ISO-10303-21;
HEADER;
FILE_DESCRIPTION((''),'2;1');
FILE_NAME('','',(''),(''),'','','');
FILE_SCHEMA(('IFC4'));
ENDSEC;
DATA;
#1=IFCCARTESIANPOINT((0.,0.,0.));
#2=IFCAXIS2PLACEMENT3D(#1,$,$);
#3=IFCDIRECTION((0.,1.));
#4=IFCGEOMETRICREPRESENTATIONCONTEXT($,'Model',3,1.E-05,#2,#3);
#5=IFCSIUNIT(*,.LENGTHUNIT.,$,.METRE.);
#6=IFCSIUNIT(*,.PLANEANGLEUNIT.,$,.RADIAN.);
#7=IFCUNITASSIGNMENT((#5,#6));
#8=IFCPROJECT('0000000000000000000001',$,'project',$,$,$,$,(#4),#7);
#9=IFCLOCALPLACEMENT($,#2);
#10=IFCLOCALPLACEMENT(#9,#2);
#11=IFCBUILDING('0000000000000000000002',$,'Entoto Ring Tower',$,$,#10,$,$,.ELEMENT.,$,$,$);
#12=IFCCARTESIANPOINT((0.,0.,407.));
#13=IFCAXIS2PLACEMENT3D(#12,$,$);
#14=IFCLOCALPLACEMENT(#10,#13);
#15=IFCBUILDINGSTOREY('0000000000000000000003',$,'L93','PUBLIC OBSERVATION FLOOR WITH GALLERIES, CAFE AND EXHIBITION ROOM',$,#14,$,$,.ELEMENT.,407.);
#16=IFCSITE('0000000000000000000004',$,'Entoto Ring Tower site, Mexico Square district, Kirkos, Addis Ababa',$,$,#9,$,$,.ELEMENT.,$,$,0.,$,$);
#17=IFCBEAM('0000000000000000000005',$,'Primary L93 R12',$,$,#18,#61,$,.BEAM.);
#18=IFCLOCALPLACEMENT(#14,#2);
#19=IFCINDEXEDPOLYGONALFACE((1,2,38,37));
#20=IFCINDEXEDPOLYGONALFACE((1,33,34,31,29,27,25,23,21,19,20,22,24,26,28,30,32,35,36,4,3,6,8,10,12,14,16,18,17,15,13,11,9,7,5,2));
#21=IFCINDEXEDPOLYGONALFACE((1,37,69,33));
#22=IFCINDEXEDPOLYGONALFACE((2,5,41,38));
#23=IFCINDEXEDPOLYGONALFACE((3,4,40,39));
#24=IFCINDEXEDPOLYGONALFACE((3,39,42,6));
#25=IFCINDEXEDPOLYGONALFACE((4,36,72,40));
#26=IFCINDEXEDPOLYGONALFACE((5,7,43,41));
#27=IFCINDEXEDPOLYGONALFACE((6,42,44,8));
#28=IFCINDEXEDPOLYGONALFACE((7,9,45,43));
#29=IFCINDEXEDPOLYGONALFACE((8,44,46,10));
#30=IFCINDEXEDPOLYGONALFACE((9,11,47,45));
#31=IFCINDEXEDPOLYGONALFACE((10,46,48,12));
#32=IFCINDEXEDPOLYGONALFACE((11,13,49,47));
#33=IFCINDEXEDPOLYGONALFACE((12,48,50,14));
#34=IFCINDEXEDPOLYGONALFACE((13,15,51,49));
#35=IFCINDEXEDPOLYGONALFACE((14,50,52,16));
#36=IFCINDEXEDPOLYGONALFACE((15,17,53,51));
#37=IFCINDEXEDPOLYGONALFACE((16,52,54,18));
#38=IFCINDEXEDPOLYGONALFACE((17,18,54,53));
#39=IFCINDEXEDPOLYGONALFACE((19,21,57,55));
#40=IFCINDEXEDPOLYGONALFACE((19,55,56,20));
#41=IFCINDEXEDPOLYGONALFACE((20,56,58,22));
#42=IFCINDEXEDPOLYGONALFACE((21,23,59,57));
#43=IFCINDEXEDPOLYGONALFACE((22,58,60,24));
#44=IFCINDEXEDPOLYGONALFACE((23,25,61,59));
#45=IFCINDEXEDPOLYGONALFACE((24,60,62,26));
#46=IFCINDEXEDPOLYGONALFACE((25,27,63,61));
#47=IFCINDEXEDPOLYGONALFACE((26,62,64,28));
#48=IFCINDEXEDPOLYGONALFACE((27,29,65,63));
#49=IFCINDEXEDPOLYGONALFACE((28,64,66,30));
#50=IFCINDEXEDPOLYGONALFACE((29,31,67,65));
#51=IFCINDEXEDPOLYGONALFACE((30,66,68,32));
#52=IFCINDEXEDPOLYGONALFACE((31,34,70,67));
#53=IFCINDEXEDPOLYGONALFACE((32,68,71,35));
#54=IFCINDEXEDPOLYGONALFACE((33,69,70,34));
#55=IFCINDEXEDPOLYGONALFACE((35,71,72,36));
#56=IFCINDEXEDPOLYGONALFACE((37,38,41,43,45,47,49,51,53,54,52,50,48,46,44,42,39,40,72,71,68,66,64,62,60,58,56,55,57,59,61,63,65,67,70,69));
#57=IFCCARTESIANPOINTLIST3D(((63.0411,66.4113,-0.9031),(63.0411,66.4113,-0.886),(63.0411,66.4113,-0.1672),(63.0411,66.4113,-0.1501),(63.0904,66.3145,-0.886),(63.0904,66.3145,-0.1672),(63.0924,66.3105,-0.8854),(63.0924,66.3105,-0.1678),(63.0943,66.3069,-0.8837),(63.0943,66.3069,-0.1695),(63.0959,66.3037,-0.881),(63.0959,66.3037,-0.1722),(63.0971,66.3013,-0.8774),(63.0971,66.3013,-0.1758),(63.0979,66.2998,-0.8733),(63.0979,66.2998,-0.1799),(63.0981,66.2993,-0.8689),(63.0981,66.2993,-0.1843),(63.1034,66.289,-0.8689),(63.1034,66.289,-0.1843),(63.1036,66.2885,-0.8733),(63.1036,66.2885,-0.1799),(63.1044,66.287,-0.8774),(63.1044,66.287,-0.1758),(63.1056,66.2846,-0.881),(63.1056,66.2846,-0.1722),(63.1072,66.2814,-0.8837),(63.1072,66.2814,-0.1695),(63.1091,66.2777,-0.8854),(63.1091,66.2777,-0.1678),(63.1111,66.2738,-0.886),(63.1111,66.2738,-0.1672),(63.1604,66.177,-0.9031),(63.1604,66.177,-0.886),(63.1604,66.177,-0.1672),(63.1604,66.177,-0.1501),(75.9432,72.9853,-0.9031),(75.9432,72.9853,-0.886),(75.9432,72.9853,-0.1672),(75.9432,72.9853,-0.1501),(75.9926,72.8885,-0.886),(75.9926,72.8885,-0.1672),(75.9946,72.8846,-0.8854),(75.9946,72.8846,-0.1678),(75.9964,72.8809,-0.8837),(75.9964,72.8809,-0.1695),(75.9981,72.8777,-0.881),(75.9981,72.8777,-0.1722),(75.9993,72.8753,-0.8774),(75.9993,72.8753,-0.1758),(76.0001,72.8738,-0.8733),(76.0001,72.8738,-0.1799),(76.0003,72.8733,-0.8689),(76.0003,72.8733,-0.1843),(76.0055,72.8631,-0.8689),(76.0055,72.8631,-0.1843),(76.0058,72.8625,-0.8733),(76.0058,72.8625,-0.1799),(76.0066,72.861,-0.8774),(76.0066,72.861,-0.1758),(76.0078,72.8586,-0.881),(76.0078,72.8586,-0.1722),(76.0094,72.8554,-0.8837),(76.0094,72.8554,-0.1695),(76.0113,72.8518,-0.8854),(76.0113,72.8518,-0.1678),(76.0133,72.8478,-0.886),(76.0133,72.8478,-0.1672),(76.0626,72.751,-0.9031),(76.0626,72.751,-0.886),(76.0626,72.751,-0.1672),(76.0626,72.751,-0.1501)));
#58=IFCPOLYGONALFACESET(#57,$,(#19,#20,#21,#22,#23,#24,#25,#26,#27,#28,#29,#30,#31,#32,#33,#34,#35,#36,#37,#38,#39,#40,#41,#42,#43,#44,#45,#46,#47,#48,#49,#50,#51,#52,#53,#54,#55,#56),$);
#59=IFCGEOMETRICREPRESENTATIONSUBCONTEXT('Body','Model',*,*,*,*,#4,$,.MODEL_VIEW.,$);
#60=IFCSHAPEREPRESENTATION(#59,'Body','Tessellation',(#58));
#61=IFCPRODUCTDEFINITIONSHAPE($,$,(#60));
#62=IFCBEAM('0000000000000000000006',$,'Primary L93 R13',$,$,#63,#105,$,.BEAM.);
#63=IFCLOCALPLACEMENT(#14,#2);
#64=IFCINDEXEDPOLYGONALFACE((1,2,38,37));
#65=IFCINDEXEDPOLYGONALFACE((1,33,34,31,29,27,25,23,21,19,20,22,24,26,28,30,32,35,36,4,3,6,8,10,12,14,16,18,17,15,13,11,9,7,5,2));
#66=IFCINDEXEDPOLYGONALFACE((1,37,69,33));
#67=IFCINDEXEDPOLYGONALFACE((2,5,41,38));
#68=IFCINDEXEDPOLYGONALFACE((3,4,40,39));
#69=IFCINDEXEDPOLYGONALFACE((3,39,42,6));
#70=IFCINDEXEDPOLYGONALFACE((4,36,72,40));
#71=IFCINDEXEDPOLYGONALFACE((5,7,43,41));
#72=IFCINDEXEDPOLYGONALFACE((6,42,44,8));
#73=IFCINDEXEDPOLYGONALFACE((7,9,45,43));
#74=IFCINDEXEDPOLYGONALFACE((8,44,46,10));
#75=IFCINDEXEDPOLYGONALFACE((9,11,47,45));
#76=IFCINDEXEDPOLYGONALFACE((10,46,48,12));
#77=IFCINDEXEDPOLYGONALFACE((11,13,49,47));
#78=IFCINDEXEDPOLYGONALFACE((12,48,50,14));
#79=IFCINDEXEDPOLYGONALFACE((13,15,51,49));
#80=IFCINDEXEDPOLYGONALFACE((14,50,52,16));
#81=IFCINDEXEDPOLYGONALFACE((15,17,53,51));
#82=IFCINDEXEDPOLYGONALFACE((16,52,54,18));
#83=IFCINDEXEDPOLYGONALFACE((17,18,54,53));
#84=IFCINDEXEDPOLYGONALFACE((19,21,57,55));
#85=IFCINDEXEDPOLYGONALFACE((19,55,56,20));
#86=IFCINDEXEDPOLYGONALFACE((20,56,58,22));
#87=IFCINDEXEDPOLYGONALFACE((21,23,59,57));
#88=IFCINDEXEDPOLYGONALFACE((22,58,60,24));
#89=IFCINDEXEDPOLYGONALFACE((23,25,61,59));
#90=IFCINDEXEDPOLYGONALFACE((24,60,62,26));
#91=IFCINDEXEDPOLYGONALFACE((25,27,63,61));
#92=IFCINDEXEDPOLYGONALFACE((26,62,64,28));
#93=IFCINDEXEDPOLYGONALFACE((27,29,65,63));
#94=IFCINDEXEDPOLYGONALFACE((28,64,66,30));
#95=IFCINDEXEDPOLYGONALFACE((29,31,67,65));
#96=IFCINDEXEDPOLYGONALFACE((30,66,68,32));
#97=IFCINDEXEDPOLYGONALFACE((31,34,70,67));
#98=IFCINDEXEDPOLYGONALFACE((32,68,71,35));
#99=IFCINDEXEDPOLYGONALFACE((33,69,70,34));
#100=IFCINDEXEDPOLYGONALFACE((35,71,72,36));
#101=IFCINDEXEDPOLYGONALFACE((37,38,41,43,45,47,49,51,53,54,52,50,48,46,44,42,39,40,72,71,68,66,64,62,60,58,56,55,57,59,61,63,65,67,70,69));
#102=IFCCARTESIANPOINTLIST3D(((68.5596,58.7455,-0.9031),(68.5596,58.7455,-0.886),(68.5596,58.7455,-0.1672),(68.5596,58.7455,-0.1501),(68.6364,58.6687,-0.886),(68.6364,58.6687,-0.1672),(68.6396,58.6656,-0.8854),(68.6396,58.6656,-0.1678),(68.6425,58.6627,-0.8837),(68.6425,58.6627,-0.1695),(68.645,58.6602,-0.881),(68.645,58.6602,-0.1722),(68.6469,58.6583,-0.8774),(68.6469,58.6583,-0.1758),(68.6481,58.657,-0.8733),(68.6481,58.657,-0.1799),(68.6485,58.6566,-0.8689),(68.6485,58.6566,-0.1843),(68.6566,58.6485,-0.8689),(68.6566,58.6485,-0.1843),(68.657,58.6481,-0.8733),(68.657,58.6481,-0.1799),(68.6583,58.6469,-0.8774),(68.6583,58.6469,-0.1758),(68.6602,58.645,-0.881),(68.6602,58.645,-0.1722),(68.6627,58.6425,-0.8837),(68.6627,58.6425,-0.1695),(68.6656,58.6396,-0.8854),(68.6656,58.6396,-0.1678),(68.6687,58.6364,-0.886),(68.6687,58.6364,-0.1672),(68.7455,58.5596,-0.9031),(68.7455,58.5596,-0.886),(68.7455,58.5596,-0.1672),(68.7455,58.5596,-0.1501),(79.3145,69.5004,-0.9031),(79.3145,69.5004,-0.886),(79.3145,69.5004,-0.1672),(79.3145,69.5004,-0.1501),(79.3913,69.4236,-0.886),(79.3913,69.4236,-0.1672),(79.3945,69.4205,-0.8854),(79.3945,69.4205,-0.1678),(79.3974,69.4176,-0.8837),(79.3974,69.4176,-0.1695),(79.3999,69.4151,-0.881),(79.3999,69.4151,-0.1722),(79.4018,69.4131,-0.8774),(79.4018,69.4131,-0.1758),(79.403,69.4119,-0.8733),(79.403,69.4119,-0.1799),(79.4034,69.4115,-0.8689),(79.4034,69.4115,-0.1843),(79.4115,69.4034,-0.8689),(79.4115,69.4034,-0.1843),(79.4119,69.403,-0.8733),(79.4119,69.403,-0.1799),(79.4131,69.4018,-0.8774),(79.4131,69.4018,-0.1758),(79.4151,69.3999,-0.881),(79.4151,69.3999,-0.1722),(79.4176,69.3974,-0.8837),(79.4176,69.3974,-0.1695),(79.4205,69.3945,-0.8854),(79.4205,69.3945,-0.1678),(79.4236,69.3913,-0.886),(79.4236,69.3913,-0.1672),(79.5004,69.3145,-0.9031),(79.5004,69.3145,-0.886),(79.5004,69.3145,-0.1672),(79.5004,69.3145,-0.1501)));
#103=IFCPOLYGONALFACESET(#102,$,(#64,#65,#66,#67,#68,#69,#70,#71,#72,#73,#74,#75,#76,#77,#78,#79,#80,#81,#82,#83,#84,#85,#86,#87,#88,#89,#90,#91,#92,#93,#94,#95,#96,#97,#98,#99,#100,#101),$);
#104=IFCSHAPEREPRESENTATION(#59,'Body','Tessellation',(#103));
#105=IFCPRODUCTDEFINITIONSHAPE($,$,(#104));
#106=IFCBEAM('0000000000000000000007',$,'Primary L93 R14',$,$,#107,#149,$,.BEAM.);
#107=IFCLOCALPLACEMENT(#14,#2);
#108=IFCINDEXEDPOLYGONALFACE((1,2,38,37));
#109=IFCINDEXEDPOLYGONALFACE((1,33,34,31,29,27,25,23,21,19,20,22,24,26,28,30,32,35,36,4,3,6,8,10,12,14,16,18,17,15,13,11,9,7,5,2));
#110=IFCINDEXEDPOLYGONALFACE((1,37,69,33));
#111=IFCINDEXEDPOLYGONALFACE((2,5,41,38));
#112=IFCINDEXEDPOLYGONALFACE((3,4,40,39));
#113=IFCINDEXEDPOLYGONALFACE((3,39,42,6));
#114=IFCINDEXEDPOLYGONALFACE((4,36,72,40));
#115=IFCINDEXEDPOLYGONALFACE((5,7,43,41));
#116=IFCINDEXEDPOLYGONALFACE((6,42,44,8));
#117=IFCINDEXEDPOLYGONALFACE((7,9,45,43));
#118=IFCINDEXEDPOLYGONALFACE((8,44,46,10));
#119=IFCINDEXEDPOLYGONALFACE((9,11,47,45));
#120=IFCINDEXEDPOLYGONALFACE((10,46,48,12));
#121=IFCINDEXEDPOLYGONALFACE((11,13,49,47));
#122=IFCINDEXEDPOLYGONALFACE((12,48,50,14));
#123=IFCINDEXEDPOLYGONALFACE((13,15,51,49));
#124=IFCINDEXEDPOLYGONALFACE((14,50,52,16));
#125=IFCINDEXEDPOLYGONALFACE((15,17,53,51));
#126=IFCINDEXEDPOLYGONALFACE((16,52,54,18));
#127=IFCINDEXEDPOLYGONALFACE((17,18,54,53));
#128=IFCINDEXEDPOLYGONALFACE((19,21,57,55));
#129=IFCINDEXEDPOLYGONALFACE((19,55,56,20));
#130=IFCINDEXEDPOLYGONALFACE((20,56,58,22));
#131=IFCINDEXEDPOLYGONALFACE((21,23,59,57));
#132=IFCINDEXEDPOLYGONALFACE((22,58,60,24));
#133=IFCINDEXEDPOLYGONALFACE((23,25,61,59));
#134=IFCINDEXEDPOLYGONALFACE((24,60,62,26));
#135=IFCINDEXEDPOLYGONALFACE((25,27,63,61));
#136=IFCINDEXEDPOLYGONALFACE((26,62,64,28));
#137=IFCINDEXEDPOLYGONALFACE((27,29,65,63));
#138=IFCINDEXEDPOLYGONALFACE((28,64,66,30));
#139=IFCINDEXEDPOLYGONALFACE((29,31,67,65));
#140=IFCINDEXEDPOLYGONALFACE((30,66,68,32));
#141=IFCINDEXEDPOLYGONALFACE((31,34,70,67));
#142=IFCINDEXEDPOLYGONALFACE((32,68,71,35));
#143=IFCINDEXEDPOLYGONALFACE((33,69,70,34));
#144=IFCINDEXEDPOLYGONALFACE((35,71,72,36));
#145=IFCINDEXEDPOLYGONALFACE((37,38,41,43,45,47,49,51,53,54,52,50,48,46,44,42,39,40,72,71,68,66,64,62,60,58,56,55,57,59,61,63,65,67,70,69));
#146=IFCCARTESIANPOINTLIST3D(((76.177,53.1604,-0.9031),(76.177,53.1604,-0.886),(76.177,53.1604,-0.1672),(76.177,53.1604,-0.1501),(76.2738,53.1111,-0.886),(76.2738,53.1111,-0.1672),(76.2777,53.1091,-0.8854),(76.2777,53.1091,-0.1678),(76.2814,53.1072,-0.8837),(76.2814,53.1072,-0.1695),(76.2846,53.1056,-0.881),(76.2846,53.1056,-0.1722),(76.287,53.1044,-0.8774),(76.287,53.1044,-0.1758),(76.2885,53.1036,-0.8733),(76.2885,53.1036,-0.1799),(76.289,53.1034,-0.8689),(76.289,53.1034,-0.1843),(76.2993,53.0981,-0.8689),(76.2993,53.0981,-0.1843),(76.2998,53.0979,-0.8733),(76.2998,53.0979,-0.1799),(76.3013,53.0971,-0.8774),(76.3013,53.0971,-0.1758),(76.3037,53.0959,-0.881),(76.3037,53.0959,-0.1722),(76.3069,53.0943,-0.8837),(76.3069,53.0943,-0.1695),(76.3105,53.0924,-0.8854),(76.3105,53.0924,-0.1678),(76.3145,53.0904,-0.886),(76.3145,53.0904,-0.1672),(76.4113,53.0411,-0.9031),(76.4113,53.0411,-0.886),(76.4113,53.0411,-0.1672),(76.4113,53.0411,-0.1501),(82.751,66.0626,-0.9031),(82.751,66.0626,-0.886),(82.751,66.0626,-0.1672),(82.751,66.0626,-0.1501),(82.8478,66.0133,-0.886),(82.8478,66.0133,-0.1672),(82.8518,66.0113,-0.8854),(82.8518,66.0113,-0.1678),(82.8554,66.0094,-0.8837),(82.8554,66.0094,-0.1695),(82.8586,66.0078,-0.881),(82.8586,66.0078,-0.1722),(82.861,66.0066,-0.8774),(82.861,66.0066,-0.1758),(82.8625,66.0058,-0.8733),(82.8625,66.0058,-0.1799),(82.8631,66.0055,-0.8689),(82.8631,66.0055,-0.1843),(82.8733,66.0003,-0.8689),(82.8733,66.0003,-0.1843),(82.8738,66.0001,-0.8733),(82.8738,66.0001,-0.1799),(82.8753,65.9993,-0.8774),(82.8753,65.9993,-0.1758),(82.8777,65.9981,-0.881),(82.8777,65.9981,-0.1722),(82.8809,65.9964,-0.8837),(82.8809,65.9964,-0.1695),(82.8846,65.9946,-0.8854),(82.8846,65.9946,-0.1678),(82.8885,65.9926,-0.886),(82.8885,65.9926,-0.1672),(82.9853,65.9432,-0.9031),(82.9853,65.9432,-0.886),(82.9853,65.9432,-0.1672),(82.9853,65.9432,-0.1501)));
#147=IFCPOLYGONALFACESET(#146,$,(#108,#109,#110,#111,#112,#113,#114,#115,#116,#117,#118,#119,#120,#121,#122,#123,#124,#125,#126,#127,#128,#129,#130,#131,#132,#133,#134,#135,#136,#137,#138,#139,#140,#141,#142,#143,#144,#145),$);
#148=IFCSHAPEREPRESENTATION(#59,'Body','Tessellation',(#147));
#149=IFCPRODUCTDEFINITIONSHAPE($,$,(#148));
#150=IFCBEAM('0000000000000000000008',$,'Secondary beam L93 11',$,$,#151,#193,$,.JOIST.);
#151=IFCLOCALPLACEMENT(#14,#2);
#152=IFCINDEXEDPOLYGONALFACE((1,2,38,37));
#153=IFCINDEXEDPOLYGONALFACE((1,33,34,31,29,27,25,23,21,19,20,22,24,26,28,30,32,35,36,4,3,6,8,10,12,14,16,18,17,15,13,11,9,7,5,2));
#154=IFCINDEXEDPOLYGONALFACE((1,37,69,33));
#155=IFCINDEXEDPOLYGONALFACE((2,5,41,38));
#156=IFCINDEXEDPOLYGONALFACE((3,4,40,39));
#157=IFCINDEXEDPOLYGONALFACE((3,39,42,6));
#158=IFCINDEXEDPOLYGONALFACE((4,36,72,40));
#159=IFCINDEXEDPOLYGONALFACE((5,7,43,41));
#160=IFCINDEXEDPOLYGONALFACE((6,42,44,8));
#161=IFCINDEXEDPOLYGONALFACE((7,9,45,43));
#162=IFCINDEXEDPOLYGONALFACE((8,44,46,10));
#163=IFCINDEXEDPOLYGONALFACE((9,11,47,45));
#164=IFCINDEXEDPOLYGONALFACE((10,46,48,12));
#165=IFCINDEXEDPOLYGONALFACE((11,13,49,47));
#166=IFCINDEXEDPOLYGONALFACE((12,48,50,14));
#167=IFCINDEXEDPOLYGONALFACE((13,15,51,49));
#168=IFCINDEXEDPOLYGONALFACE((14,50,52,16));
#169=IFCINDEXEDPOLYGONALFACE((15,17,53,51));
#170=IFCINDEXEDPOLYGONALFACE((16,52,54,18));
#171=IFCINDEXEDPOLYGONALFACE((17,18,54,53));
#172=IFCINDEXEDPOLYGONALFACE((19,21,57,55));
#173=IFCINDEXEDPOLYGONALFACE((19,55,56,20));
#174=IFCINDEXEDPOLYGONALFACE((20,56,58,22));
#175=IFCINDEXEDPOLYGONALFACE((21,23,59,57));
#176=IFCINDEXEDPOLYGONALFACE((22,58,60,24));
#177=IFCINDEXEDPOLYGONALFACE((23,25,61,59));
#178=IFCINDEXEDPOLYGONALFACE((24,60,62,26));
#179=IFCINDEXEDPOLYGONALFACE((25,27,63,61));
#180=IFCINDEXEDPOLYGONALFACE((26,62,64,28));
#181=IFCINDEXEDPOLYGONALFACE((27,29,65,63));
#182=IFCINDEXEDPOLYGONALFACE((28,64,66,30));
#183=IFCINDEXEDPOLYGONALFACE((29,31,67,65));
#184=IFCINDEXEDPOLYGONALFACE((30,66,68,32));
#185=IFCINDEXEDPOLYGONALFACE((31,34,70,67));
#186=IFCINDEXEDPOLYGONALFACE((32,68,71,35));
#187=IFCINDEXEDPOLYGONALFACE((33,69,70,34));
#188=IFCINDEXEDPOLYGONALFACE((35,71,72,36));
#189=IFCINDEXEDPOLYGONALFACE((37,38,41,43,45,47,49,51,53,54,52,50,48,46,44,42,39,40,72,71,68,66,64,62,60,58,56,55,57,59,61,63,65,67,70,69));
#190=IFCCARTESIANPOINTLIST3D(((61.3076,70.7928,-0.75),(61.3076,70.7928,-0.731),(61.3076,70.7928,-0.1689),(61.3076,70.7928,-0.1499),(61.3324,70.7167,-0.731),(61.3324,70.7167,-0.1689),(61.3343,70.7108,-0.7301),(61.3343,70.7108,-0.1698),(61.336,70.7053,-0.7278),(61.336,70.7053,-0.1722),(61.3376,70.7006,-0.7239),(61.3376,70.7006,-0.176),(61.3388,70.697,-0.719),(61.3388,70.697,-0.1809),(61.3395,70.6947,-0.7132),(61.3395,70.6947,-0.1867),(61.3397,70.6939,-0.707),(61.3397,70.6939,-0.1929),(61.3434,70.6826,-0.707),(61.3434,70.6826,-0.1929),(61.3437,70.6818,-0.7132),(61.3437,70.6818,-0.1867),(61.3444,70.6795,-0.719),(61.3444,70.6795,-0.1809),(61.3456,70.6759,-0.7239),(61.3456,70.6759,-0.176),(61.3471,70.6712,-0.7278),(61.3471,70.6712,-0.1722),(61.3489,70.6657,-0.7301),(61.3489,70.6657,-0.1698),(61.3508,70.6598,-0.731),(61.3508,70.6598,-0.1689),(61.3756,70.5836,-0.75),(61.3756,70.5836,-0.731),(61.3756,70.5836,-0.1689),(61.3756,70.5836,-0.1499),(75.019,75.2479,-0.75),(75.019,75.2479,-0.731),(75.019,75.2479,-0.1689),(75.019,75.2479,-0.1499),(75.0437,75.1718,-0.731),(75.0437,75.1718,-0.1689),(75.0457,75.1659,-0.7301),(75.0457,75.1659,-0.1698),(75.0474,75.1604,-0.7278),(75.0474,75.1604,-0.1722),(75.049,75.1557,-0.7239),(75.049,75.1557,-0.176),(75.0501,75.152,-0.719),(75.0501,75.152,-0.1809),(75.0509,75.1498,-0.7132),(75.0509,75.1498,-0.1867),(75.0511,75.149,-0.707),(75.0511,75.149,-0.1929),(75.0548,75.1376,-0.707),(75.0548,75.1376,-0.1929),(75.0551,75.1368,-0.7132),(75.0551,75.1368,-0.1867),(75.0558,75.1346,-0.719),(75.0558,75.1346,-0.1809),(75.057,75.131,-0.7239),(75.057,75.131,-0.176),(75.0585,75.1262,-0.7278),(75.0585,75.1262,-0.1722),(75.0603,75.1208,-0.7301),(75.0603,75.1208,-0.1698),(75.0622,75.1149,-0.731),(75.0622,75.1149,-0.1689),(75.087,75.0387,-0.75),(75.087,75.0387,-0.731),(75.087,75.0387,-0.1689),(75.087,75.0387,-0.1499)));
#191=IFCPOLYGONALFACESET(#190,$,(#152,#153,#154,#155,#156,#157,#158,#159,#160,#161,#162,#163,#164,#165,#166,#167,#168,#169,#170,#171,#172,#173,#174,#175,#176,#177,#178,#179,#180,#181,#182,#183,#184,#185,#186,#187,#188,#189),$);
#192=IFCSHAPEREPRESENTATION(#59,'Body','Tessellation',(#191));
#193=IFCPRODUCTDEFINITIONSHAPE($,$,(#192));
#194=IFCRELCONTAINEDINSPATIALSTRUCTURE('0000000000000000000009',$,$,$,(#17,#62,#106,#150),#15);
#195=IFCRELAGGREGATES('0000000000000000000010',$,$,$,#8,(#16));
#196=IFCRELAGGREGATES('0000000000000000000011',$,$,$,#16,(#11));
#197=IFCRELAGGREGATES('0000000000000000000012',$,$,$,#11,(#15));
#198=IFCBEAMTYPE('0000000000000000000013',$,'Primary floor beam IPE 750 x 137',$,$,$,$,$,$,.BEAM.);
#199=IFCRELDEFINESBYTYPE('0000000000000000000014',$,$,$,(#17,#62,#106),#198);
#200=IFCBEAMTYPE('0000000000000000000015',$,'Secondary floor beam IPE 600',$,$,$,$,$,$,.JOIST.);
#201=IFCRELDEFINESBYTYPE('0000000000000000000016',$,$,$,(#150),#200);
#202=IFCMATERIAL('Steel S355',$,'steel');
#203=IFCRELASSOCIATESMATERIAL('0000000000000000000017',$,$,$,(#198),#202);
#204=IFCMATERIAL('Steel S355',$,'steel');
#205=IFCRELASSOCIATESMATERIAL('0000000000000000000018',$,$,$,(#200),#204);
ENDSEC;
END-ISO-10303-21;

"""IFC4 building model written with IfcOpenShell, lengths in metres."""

from ifc_helpers import new_model, si_unit, direction, frame, origin, origin_2d, place, context, subcontext, project, spatial, i_section, extrude, material, material_profile, profile_set, type_object, element, save


model = new_model("IFC4")

# Units and contexts
model_context = context("Model", 3, precision=1e-05, world=origin(), true_north=direction((0.0, 1.0)))
body_context = subcontext(model_context, "Body", "Model", "MODEL_VIEW")
ifc_project = project(units=[si_unit("LENGTHUNIT", "METRE"), si_unit("PLANEANGLEUNIT", "RADIAN")], contexts=[model_context])

# Site, building, storey
site_placement = place(None, origin())
site = spatial("IfcSite", under=ifc_project, at=site_placement, Name="Entoto Ring Tower site, Mexico Square district, Kirkos, Addis Ababa", CompositionType="ELEMENT", RefElevation=0.0)
building_placement = place(site_placement, origin())
building = spatial("IfcBuilding", under=site, at=building_placement, Name="Entoto Ring Tower", CompositionType="ELEMENT")
storey_placement = place(building_placement, frame((0.0, 0.0, 407.0)))
storey = spatial("IfcBuildingStorey", under=building, at=storey_placement, Name="L93", Description="PUBLIC OBSERVATION FLOOR WITH GALLERIES, CAFE AND EXHIBITION ROOM", CompositionType="ELEMENT", Elevation=407.0)

# Beams
ifc_material_1 = material(Name="Steel S355", Category="steel")
ifc_material_profile_1 = material_profile(ifc_material_1, i_section(OverallWidth=0.2629, OverallDepth=0.7529, WebThickness=0.0115, FlangeThickness=0.0171, FilletRadius=0.0171, at=origin_2d()), Name="IPE 750 x 137")
ifc_profile_set_1 = profile_set([ifc_material_profile_1], Name="Steel S355")
beam_type_1 = type_object("IfcBeamType", Name="Primary floor beam IPE 750 x 137", PredefinedType="BEAM", material=ifc_profile_set_1)
beam_1_placement = place(storey_placement, frame((76.0029, 72.8682, -0.5266), z_axis=(-0.891006, -0.453992, 0.0), x_axis=(0.453992, -0.891006, 0.0)))
element("IfcBeam", 1, at=beam_1_placement, inside=storey, type_object=beam_type_1, Name="Primary L93 R12", PredefinedType="BEAM", context=body_context, shape_type="SweptSolid", body=[
    extrude(i_section(OverallWidth=0.2629, OverallDepth=0.7529, WebThickness=0.0115, FlangeThickness=0.0171, FilletRadius=0.0171, at=origin_2d()), origin(), (0.0, 0.0, 1.0), 14.4805),
])
beam_2_placement = place(storey_placement, frame((79.4075, 69.4075, -0.5266), z_axis=(-0.707107, -0.707107, 0.0), x_axis=(0.707107, -0.707107, 0.0)))
element("IfcBeam", 2, at=beam_2_placement, inside=storey, type_object=beam_type_1, Name="Primary L93 R13", PredefinedType="BEAM", context=body_context, shape_type="SweptSolid", body=[
    extrude(i_section(OverallWidth=0.2629, OverallDepth=0.7529, WebThickness=0.0115, FlangeThickness=0.0171, FilletRadius=0.0171, at=origin_2d()), origin(), (0.0, 0.0, 1.0), 15.2097),
])
beam_3_placement = place(storey_placement, frame((82.8682, 66.0029, -0.5266), z_axis=(-0.453992, -0.891006, 0.0), x_axis=(0.891006, -0.453992, 0.0)))
element("IfcBeam", 3, at=beam_3_placement, inside=storey, type_object=beam_type_1, Name="Primary L93 R14", PredefinedType="BEAM", context=body_context, shape_type="SweptSolid", body=[
    extrude(i_section(OverallWidth=0.2629, OverallDepth=0.7529, WebThickness=0.0115, FlangeThickness=0.0171, FilletRadius=0.0171, at=origin_2d()), origin(), (0.0, 0.0, 1.0), 14.4805),
])
ifc_material_2 = material(Name="Steel S355", Category="steel")
ifc_material_profile_2 = material_profile(ifc_material_2, i_section(OverallWidth=0.22, OverallDepth=0.6001, WebThickness=0.012, FlangeThickness=0.019, FilletRadius=0.0239, at=origin_2d()), Name="IPE 600")
ifc_profile_set_2 = profile_set([ifc_material_profile_2], Name="Steel S355")
beam_type_2 = type_object("IfcBeamType", Name="Secondary floor beam IPE 600", PredefinedType="JOIST", material=ifc_profile_set_2)
beam_4_placement = place(storey_placement, frame((75.053, 75.1433, -0.45), z_axis=(-0.951057, -0.309015, 0.0), x_axis=(0.309015, -0.951057, 0.0)))
element("IfcBeam", 4, at=beam_4_placement, inside=storey, type_object=beam_type_2, Name="Secondary beam L93 11", PredefinedType="JOIST", context=body_context, shape_type="SweptSolid", body=[
    extrude(i_section(OverallWidth=0.22, OverallDepth=0.6001, WebThickness=0.012, FlangeThickness=0.019, FilletRadius=0.0239, at=origin_2d()), origin(), (0.0, 0.0, 1.0), 14.417),
])

save(model, "model.ifc")
